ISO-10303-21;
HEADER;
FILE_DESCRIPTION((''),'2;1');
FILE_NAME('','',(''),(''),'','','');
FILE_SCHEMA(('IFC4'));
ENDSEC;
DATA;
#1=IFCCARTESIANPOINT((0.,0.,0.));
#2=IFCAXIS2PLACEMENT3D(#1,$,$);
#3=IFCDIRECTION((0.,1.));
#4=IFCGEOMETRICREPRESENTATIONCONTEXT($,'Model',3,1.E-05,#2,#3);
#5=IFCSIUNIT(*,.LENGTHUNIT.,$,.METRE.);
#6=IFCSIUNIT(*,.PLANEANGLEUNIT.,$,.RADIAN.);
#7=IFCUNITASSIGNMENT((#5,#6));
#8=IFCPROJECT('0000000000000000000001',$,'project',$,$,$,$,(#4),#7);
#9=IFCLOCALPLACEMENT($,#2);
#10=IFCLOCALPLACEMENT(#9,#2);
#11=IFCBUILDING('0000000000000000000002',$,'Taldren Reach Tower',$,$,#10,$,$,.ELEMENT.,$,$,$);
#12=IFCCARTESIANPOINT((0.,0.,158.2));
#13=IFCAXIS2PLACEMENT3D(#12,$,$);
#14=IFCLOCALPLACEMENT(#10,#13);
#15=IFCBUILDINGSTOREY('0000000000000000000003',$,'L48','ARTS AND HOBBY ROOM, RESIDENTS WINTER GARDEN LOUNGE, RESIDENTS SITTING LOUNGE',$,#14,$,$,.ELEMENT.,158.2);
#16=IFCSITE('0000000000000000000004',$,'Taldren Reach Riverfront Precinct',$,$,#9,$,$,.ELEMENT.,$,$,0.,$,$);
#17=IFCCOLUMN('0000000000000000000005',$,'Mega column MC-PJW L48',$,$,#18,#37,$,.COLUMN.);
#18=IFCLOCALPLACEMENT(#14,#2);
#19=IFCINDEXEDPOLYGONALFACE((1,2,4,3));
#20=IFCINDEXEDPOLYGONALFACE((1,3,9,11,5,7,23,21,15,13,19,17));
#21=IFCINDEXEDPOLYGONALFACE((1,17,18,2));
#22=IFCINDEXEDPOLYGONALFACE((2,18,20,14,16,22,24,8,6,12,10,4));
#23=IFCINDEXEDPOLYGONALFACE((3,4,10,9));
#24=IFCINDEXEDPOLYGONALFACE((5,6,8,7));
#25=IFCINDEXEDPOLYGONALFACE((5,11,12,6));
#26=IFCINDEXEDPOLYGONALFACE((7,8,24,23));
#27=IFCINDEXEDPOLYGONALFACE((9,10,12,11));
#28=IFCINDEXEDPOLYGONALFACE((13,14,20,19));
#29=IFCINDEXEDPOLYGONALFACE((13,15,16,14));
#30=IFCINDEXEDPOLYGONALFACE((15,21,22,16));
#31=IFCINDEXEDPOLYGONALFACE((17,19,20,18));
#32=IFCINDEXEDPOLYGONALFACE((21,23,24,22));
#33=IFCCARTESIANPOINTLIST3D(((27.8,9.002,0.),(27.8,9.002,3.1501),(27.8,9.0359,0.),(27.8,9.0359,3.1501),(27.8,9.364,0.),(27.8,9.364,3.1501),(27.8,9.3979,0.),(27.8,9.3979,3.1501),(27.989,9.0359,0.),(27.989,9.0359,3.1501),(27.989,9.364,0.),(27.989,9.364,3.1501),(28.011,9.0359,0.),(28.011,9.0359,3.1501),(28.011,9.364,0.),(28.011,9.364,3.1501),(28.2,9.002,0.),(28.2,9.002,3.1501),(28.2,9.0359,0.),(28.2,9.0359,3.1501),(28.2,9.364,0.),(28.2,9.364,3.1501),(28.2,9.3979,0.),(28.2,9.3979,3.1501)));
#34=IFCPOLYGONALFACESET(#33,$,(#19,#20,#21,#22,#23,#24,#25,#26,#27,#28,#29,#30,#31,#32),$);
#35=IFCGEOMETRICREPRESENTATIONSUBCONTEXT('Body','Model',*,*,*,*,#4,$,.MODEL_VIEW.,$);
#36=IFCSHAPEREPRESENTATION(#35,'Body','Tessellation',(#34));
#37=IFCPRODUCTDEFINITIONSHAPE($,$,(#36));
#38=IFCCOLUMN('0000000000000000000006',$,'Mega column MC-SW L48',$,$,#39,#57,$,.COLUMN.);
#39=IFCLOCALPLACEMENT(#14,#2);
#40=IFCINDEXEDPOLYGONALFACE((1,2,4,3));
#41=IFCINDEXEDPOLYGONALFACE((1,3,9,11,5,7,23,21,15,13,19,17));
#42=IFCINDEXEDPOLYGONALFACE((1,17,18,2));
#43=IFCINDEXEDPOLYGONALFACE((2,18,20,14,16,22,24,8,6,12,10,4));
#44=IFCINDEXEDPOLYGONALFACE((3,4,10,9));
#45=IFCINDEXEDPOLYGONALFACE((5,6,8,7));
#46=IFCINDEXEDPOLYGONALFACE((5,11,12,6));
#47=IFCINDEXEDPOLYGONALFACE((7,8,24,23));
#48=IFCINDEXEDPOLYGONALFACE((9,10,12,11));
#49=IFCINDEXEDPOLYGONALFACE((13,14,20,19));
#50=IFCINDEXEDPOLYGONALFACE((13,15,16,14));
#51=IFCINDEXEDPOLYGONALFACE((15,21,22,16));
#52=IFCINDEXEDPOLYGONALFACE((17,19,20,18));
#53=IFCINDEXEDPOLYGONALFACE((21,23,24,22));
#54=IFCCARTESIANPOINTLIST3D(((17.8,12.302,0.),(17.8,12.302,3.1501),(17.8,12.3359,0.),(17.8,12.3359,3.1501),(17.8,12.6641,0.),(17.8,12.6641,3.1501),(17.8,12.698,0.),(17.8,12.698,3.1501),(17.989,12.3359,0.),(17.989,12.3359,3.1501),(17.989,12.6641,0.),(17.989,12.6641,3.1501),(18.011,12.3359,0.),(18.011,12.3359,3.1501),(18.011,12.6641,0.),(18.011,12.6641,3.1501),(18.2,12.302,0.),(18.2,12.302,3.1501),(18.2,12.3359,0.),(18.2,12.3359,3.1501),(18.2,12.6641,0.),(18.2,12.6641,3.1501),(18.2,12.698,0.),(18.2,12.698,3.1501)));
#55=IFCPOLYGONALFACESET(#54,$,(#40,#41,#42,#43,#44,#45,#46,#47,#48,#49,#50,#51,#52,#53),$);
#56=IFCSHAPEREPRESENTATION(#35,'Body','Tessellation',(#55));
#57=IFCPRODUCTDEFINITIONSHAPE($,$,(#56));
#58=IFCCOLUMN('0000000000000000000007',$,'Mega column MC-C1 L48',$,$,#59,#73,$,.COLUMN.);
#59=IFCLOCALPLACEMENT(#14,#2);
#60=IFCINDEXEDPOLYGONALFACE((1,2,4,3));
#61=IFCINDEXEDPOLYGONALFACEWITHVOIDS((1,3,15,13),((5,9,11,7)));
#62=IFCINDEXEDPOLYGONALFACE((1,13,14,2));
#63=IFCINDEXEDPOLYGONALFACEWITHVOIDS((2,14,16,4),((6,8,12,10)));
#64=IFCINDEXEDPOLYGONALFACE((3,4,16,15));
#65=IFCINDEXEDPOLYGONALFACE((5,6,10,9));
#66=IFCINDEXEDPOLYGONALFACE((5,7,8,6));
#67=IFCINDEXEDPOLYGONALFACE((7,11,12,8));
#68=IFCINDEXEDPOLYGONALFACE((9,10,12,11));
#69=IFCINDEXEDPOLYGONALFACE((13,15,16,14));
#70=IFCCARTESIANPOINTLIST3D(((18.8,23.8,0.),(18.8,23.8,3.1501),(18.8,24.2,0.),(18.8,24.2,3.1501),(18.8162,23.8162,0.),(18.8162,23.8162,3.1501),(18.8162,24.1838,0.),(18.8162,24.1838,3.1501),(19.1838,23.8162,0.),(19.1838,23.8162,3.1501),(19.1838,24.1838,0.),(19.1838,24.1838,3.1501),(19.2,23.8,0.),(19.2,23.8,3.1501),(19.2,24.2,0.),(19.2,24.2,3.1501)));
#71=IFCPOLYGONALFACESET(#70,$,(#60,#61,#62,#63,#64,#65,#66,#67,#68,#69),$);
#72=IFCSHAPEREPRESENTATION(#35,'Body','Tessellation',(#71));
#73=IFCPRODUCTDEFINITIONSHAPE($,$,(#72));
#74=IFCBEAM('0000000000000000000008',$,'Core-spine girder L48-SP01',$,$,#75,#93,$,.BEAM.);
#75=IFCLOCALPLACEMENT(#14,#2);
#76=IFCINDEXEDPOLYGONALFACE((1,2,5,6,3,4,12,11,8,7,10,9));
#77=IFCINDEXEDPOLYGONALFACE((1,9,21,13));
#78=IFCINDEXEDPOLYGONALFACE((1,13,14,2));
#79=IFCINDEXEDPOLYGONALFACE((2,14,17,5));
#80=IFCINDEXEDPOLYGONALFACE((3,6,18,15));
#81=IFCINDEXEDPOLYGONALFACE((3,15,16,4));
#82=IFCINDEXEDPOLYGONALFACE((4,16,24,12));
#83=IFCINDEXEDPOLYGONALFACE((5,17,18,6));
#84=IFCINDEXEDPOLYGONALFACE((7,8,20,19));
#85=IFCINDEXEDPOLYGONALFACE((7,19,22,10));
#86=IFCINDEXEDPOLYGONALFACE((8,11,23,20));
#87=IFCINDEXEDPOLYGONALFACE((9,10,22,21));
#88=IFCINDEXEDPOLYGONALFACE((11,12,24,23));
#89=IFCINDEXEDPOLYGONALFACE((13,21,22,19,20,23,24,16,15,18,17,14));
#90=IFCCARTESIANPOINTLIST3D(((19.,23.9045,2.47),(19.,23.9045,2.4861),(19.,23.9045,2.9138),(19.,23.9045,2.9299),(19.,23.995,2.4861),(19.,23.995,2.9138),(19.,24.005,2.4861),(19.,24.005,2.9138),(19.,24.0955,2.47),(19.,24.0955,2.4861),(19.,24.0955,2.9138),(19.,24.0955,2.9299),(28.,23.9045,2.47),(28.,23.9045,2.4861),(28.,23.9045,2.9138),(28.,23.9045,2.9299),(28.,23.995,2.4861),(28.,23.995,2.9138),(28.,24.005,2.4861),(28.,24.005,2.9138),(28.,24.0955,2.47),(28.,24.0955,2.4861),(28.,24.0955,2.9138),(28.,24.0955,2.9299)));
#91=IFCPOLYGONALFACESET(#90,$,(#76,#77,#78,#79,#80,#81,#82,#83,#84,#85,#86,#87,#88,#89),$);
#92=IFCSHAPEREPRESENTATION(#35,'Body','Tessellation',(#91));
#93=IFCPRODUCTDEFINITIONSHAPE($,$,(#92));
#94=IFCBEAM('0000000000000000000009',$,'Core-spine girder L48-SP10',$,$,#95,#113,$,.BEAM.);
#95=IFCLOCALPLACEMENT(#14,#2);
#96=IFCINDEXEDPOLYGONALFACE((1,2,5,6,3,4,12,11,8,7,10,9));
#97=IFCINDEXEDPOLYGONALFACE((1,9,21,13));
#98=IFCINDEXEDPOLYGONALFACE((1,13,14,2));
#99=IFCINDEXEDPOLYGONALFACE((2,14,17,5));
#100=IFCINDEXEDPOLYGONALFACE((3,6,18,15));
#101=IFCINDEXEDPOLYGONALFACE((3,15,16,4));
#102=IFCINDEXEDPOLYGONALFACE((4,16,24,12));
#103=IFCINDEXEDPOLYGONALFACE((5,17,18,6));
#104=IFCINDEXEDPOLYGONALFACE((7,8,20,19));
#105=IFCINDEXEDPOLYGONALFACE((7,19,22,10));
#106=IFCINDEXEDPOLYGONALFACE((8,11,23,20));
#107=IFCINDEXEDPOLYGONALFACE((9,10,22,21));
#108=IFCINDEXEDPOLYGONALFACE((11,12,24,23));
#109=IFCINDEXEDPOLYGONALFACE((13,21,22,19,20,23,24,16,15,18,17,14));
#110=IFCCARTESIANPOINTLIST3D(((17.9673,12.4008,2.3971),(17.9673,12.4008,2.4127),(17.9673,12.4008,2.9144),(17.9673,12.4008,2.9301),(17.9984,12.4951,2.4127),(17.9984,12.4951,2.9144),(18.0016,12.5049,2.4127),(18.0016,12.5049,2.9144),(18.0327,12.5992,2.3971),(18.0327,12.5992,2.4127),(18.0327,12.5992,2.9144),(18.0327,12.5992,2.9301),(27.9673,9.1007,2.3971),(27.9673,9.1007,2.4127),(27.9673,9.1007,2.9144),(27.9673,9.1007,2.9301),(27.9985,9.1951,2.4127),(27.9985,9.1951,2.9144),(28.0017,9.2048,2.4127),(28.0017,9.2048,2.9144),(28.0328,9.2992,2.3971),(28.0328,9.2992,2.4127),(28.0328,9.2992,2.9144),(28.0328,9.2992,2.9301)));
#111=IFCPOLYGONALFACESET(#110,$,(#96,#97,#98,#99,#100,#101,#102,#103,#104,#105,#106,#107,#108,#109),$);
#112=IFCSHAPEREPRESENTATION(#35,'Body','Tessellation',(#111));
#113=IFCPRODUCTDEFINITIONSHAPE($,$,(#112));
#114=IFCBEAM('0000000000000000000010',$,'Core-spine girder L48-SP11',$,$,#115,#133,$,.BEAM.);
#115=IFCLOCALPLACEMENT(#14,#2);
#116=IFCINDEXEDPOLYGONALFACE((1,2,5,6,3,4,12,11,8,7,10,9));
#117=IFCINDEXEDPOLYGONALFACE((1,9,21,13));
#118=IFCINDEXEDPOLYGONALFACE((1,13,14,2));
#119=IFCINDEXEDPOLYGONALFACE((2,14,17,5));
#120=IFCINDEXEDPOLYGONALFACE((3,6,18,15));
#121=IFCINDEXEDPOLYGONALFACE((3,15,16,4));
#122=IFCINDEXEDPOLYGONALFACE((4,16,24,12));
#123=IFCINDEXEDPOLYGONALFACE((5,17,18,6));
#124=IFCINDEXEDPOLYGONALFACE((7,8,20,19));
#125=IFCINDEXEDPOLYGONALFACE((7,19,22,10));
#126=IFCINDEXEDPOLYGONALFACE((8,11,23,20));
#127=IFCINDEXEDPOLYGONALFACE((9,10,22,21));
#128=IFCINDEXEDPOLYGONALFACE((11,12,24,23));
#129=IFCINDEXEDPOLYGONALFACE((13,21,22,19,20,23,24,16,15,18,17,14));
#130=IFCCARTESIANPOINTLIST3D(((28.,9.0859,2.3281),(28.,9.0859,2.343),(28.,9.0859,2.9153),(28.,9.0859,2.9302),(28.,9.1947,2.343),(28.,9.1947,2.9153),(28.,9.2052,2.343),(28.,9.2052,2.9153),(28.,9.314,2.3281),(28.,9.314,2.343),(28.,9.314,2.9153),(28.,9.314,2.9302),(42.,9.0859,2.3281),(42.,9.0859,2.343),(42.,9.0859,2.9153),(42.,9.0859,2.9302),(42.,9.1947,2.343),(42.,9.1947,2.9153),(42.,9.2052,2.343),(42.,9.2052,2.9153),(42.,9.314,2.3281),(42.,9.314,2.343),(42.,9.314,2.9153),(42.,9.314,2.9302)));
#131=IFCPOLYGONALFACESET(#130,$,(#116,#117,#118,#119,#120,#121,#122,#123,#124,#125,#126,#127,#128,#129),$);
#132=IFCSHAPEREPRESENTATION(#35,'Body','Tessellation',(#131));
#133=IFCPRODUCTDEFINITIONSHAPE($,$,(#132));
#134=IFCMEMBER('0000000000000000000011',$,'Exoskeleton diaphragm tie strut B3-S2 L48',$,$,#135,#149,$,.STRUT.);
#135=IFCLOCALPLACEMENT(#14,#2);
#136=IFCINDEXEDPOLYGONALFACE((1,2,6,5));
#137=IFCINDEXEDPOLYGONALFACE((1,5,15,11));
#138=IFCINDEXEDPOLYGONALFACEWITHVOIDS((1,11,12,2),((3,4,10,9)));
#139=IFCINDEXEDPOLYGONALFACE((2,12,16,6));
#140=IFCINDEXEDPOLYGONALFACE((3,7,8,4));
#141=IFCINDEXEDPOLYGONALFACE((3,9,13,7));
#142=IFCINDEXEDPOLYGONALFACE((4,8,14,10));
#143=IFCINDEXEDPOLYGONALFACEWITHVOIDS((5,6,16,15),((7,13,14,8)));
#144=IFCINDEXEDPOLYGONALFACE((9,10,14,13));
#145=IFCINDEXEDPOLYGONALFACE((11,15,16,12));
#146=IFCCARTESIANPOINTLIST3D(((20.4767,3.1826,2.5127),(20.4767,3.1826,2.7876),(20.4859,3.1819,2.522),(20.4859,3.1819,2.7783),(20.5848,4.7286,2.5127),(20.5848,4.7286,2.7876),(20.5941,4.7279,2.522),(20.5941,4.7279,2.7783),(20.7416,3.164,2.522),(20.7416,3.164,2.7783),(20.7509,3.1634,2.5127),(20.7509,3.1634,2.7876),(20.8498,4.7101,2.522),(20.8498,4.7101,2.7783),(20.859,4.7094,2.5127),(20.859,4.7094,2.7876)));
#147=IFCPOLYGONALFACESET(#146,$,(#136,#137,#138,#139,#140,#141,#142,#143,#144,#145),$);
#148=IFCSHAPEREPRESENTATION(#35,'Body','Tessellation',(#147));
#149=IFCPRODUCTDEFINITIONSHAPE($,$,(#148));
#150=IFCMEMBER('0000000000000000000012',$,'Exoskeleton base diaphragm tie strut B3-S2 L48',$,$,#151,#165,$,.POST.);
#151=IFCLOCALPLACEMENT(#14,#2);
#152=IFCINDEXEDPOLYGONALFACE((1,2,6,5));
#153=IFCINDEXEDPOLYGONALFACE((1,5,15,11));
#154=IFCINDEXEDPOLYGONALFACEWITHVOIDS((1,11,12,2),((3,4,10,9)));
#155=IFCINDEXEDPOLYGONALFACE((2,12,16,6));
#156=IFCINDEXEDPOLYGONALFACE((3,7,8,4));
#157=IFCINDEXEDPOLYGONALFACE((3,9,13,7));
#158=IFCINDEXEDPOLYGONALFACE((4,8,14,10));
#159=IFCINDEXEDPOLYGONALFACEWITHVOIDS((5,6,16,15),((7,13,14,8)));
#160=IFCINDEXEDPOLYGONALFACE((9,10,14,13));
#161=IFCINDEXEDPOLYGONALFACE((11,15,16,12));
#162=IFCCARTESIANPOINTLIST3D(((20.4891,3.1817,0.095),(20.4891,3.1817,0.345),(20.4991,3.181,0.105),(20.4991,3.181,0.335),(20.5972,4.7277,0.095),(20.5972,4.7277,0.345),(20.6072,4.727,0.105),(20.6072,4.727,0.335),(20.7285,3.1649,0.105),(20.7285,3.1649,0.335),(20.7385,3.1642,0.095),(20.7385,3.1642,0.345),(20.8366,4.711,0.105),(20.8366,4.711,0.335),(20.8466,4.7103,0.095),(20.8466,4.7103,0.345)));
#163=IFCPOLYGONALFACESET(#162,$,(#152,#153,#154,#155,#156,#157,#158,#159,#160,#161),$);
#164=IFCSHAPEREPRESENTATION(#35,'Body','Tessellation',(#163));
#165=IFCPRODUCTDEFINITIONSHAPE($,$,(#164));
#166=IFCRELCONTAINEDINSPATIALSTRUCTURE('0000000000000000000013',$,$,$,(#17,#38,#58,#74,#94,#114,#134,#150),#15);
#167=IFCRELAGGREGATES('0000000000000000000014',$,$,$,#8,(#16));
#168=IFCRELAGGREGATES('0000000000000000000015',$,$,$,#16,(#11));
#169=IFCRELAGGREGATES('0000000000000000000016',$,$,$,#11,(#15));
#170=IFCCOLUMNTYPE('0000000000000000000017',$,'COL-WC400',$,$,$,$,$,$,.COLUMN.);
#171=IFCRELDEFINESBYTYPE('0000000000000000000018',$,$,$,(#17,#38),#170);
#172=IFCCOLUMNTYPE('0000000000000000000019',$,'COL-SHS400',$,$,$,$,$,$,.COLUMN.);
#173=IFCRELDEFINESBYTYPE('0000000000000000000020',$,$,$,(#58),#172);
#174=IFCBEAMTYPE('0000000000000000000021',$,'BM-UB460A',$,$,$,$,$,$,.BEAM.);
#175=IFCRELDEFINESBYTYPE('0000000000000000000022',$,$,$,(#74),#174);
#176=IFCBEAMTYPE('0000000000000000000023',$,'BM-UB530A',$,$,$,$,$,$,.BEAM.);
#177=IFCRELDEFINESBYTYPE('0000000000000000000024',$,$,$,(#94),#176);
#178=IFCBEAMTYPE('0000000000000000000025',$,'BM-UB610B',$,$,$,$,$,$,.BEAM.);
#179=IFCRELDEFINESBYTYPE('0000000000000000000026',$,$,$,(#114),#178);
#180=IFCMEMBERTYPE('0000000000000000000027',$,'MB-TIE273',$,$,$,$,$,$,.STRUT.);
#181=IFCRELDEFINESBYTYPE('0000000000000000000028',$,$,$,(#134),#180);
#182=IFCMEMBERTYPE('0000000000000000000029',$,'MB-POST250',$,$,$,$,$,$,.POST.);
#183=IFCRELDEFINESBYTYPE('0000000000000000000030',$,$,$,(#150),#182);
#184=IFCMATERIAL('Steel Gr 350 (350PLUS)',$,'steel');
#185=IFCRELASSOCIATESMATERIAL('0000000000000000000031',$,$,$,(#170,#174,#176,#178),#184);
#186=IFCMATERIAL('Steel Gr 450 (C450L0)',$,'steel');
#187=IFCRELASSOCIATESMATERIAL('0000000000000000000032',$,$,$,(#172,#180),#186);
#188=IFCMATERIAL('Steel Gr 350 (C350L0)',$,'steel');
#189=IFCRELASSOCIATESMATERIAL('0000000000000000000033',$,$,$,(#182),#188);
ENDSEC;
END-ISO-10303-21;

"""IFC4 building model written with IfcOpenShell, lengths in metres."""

from ifc_helpers import new_model, si_unit, direction, frame, origin, origin_2d, place, context, subcontext, project, spatial, hollow_rectangle, i_section, extrude, source, transform, mapped, material, material_profile, profile_set, type_object, element, save


model = new_model("IFC4")

# Units and contexts
model_context = context("Model", 3, precision=1e-05, world=origin(), true_north=direction((0.0, 1.0)))
body_context = subcontext(model_context, "Body", "Model", "MODEL_VIEW")
ifc_project = project(units=[si_unit("LENGTHUNIT", "METRE"), si_unit("PLANEANGLEUNIT", "RADIAN")], contexts=[model_context])

# Site, building, storey
site_placement = place(None, origin())
site = spatial("IfcSite", under=ifc_project, at=site_placement, Name="Taldren Reach Riverfront Precinct", CompositionType="ELEMENT", RefElevation=0.0)
building_placement = place(site_placement, origin())
building = spatial("IfcBuilding", under=site, at=building_placement, Name="Taldren Reach Tower", CompositionType="ELEMENT")
storey_placement = place(building_placement, frame((0.0, 0.0, 158.2)))
storey = spatial("IfcBuildingStorey", under=building, at=storey_placement, Name="L48", Description="ARTS AND HOBBY ROOM, RESIDENTS WINTER GARDEN LOUNGE, RESIDENTS SITTING LOUNGE", CompositionType="ELEMENT", Elevation=158.2)

# Columns
ifc_material_1 = material(Name="Steel Gr 350 (350PLUS)", Category="steel")
ifc_material_profile_1 = material_profile(ifc_material_1, i_section(OverallWidth=0.3999, OverallDepth=0.396, WebThickness=0.022, FlangeThickness=0.0339, at=origin_2d()), Name="400WC270")
ifc_profile_set_1 = profile_set([ifc_material_profile_1], Name="Steel Gr 350 (350PLUS)")
column_type_1 = type_object("IfcColumnType", Name="COL-WC400", PredefinedType="COLUMN", material=ifc_profile_set_1)
shared_shape_1 = source(origin(), body_context, "Body", "SweptSolid", [
    extrude(i_section(OverallWidth=0.3999, OverallDepth=0.396, WebThickness=0.022, FlangeThickness=0.0339, at=origin_2d()), origin(), (0.0, 0.0, 1.0), 3.1501),
])
for number, where, z_axis, x_axis, name in (
    (1, (28.0, 9.2, 0.0), (0.0, 0.0, 1.0), (1.0, 0.0, 0.0), "Mega column MC-PJW L48"),
    (2, (18.0, 12.5, 0.0), (0.0, 0.0, 1.0), (1.0, 0.0, 0.0), "Mega column MC-SW L48"),
):
    element("IfcColumn", number, at=place(storey_placement, frame(where, z_axis=z_axis, x_axis=x_axis)), inside=storey, type_object=column_type_1, Name=name, PredefinedType="COLUMN", context=body_context, shape_type="MappedRepresentation", body=[
        mapped(shared_shape_1, transform((0.0, 0.0, 0.0), scale=1.0)),
    ])
ifc_material_2 = material(Name="Steel Gr 450 (C450L0)", Category="steel")
ifc_material_profile_2 = material_profile(ifc_material_2, hollow_rectangle(XDim=0.3999, YDim=0.3999, WallThickness=0.0161, at=origin_2d()), Name="400x400x16.0SHS")
ifc_profile_set_2 = profile_set([ifc_material_profile_2], Name="Steel Gr 450 (C450L0)")
column_type_2 = type_object("IfcColumnType", Name="COL-SHS400", PredefinedType="COLUMN", material=ifc_profile_set_2)
shared_shape_2 = source(origin(), body_context, "Body", "SweptSolid", [
    extrude(hollow_rectangle(XDim=0.3999, YDim=0.3999, WallThickness=0.0161, at=origin_2d()), origin(), (0.0, 0.0, 1.0), 3.1501),
])
column_placement = place(storey_placement, frame((19.0, 24.0, 0.0), z_axis=(0.0, 0.0, 1.0), x_axis=(1.0, 0.0, 0.0)))
element("IfcColumn", 3, at=column_placement, inside=storey, type_object=column_type_2, Name="Mega column MC-C1 L48", PredefinedType="COLUMN", context=body_context, shape_type="MappedRepresentation", body=[
    mapped(shared_shape_2, transform((0.0, 0.0, 0.0), scale=1.0)),
])

# Beams
ifc_material_profile_3 = material_profile(ifc_material_1, i_section(OverallWidth=0.1909, OverallDepth=0.46, WebThickness=0.01, FlangeThickness=0.0161, at=origin_2d()), Name="460UB82.1")
ifc_profile_set_3 = profile_set([ifc_material_profile_3], Name="Steel Gr 350 (350PLUS)")
beam_type_1 = type_object("IfcBeamType", Name="BM-UB460A", PredefinedType="BEAM", material=ifc_profile_set_3)
shared_shape_3 = source(origin(), body_context, "Body", "SweptSolid", [
    extrude(i_section(OverallWidth=0.1909, OverallDepth=0.46, WebThickness=0.01, FlangeThickness=0.0161, at=origin_2d()), origin(), (0.0, 0.0, 1.0), 9.0),
])
beam_1_placement = place(storey_placement, frame((19.0, 24.0, 2.7), z_axis=(1.0, 0.0, 0.0), x_axis=(0.0, 1.0, 0.0)))
element("IfcBeam", 4, at=beam_1_placement, inside=storey, type_object=beam_type_1, Name="Core-spine girder L48-SP01", PredefinedType="BEAM", context=body_context, shape_type="MappedRepresentation", body=[
    mapped(shared_shape_3, transform((0.0, 0.0, 0.0), scale=1.0)),
])
ifc_material_profile_4 = material_profile(ifc_material_1, i_section(OverallWidth=0.209, OverallDepth=0.533, WebThickness=0.0103, FlangeThickness=0.0156, at=origin_2d()), Name="530UB92.4")
ifc_profile_set_4 = profile_set([ifc_material_profile_4], Name="Steel Gr 350 (350PLUS)")
beam_type_2 = type_object("IfcBeamType", Name="BM-UB530A", PredefinedType="BEAM", material=ifc_profile_set_4)
shared_shape_4 = source(origin(), body_context, "Body", "SweptSolid", [
    extrude(i_section(OverallWidth=0.209, OverallDepth=0.533, WebThickness=0.0103, FlangeThickness=0.0156, at=origin_2d()), origin(), (0.0, 0.0, 1.0), 10.5305),
])
beam_2_placement = place(storey_placement, frame((18.0, 12.5, 2.6636), z_axis=(0.949627, -0.313382, 0.0), x_axis=(0.313382, 0.949627, 0.0)))
element("IfcBeam", 5, at=beam_2_placement, inside=storey, type_object=beam_type_2, Name="Core-spine girder L48-SP10", PredefinedType="BEAM", context=body_context, shape_type="MappedRepresentation", body=[
    mapped(shared_shape_4, transform((0.0, 0.0, 0.0), scale=1.0)),
])
ifc_material_profile_5 = material_profile(ifc_material_1, i_section(OverallWidth=0.228, OverallDepth=0.6021, WebThickness=0.0105, FlangeThickness=0.0149, at=origin_2d()), Name="610UB101")
ifc_profile_set_5 = profile_set([ifc_material_profile_5], Name="Steel Gr 350 (350PLUS)")
beam_type_3 = type_object("IfcBeamType", Name="BM-UB610B", PredefinedType="BEAM", material=ifc_profile_set_5)
shared_shape_5 = source(origin(), body_context, "Body", "SweptSolid", [
    extrude(i_section(OverallWidth=0.228, OverallDepth=0.6021, WebThickness=0.0105, FlangeThickness=0.0149, at=origin_2d()), origin(), (0.0, 0.0, 1.0), 14.0),
])
beam_3_placement = place(storey_placement, frame((28.0, 9.2, 2.6292), z_axis=(1.0, 0.0, 0.0), x_axis=(0.0, 1.0, 0.0)))
element("IfcBeam", 6, at=beam_3_placement, inside=storey, type_object=beam_type_3, Name="Core-spine girder L48-SP11", PredefinedType="BEAM", context=body_context, shape_type="MappedRepresentation", body=[
    mapped(shared_shape_5, transform((0.0, 0.0, 0.0), scale=1.0)),
])

# Members
ifc_material_profile_6 = material_profile(ifc_material_2, hollow_rectangle(XDim=0.2749, YDim=0.2749, WallThickness=0.0093, at=origin_2d()), Name="275x275x9.3SHS")
ifc_profile_set_6 = profile_set([ifc_material_profile_6], Name="Steel Gr 450 (C450L0)")
member_type_1 = type_object("IfcMemberType", Name="MB-TIE273", PredefinedType="STRUT", material=ifc_profile_set_6)
shared_shape_6 = source(origin(), body_context, "Body", "SweptSolid", [
    extrude(hollow_rectangle(XDim=0.2749, YDim=0.2749, WallThickness=0.0093, at=origin_2d()), origin(), (0.0, 0.0, 1.0), 1.5498),
])
member_placement = place(storey_placement, frame((20.7219, 4.719, 2.6501), z_axis=(-0.069781, -0.997562, 0.0), x_axis=(0.997562, -0.069781, 0.0)))
element("IfcMember", 7, at=member_placement, inside=storey, type_object=member_type_1, Name="Exoskeleton diaphragm tie strut B3-S2 L48", PredefinedType="STRUT", context=body_context, shape_type="MappedRepresentation", body=[
    mapped(shared_shape_6, transform((0.0, 0.0, 0.0), scale=1.0)),
])
ifc_material_3 = material(Name="Steel Gr 350 (C350L0)", Category="steel")
ifc_material_profile_7 = material_profile(ifc_material_3, hollow_rectangle(XDim=0.25, YDim=0.25, WallThickness=0.01, at=origin_2d()), Name="250x250x10.0SHS")
ifc_profile_set_7 = profile_set([ifc_material_profile_7], Name="Steel Gr 350 (C350L0)")
member_type_2 = type_object("IfcMemberType", Name="MB-POST250", PredefinedType="POST", material=ifc_profile_set_7)
shared_shape_7 = source(origin(), body_context, "Body", "SweptSolid", [
    extrude(hollow_rectangle(XDim=0.25, YDim=0.25, WallThickness=0.01, at=origin_2d()), origin(), (0.0, 0.0, 1.0), 1.5498),
])
for number, where, z_axis, x_axis, name in (
    (8, (20.7219, 4.719, 0.22), (-0.069781, -0.997562, 0.0), (0.997562, -0.069781, 0.0), "Exoskeleton base diaphragm tie strut B3-S2 L48"),
):
    element("IfcMember", number, at=place(storey_placement, frame(where, z_axis=z_axis, x_axis=x_axis)), inside=storey, type_object=member_type_2, Name=name, PredefinedType="POST", context=body_context, shape_type="MappedRepresentation", body=[
        mapped(shared_shape_7, transform((0.0, 0.0, 0.0), scale=1.0)),
    ])

save(model, "model.ifc")
